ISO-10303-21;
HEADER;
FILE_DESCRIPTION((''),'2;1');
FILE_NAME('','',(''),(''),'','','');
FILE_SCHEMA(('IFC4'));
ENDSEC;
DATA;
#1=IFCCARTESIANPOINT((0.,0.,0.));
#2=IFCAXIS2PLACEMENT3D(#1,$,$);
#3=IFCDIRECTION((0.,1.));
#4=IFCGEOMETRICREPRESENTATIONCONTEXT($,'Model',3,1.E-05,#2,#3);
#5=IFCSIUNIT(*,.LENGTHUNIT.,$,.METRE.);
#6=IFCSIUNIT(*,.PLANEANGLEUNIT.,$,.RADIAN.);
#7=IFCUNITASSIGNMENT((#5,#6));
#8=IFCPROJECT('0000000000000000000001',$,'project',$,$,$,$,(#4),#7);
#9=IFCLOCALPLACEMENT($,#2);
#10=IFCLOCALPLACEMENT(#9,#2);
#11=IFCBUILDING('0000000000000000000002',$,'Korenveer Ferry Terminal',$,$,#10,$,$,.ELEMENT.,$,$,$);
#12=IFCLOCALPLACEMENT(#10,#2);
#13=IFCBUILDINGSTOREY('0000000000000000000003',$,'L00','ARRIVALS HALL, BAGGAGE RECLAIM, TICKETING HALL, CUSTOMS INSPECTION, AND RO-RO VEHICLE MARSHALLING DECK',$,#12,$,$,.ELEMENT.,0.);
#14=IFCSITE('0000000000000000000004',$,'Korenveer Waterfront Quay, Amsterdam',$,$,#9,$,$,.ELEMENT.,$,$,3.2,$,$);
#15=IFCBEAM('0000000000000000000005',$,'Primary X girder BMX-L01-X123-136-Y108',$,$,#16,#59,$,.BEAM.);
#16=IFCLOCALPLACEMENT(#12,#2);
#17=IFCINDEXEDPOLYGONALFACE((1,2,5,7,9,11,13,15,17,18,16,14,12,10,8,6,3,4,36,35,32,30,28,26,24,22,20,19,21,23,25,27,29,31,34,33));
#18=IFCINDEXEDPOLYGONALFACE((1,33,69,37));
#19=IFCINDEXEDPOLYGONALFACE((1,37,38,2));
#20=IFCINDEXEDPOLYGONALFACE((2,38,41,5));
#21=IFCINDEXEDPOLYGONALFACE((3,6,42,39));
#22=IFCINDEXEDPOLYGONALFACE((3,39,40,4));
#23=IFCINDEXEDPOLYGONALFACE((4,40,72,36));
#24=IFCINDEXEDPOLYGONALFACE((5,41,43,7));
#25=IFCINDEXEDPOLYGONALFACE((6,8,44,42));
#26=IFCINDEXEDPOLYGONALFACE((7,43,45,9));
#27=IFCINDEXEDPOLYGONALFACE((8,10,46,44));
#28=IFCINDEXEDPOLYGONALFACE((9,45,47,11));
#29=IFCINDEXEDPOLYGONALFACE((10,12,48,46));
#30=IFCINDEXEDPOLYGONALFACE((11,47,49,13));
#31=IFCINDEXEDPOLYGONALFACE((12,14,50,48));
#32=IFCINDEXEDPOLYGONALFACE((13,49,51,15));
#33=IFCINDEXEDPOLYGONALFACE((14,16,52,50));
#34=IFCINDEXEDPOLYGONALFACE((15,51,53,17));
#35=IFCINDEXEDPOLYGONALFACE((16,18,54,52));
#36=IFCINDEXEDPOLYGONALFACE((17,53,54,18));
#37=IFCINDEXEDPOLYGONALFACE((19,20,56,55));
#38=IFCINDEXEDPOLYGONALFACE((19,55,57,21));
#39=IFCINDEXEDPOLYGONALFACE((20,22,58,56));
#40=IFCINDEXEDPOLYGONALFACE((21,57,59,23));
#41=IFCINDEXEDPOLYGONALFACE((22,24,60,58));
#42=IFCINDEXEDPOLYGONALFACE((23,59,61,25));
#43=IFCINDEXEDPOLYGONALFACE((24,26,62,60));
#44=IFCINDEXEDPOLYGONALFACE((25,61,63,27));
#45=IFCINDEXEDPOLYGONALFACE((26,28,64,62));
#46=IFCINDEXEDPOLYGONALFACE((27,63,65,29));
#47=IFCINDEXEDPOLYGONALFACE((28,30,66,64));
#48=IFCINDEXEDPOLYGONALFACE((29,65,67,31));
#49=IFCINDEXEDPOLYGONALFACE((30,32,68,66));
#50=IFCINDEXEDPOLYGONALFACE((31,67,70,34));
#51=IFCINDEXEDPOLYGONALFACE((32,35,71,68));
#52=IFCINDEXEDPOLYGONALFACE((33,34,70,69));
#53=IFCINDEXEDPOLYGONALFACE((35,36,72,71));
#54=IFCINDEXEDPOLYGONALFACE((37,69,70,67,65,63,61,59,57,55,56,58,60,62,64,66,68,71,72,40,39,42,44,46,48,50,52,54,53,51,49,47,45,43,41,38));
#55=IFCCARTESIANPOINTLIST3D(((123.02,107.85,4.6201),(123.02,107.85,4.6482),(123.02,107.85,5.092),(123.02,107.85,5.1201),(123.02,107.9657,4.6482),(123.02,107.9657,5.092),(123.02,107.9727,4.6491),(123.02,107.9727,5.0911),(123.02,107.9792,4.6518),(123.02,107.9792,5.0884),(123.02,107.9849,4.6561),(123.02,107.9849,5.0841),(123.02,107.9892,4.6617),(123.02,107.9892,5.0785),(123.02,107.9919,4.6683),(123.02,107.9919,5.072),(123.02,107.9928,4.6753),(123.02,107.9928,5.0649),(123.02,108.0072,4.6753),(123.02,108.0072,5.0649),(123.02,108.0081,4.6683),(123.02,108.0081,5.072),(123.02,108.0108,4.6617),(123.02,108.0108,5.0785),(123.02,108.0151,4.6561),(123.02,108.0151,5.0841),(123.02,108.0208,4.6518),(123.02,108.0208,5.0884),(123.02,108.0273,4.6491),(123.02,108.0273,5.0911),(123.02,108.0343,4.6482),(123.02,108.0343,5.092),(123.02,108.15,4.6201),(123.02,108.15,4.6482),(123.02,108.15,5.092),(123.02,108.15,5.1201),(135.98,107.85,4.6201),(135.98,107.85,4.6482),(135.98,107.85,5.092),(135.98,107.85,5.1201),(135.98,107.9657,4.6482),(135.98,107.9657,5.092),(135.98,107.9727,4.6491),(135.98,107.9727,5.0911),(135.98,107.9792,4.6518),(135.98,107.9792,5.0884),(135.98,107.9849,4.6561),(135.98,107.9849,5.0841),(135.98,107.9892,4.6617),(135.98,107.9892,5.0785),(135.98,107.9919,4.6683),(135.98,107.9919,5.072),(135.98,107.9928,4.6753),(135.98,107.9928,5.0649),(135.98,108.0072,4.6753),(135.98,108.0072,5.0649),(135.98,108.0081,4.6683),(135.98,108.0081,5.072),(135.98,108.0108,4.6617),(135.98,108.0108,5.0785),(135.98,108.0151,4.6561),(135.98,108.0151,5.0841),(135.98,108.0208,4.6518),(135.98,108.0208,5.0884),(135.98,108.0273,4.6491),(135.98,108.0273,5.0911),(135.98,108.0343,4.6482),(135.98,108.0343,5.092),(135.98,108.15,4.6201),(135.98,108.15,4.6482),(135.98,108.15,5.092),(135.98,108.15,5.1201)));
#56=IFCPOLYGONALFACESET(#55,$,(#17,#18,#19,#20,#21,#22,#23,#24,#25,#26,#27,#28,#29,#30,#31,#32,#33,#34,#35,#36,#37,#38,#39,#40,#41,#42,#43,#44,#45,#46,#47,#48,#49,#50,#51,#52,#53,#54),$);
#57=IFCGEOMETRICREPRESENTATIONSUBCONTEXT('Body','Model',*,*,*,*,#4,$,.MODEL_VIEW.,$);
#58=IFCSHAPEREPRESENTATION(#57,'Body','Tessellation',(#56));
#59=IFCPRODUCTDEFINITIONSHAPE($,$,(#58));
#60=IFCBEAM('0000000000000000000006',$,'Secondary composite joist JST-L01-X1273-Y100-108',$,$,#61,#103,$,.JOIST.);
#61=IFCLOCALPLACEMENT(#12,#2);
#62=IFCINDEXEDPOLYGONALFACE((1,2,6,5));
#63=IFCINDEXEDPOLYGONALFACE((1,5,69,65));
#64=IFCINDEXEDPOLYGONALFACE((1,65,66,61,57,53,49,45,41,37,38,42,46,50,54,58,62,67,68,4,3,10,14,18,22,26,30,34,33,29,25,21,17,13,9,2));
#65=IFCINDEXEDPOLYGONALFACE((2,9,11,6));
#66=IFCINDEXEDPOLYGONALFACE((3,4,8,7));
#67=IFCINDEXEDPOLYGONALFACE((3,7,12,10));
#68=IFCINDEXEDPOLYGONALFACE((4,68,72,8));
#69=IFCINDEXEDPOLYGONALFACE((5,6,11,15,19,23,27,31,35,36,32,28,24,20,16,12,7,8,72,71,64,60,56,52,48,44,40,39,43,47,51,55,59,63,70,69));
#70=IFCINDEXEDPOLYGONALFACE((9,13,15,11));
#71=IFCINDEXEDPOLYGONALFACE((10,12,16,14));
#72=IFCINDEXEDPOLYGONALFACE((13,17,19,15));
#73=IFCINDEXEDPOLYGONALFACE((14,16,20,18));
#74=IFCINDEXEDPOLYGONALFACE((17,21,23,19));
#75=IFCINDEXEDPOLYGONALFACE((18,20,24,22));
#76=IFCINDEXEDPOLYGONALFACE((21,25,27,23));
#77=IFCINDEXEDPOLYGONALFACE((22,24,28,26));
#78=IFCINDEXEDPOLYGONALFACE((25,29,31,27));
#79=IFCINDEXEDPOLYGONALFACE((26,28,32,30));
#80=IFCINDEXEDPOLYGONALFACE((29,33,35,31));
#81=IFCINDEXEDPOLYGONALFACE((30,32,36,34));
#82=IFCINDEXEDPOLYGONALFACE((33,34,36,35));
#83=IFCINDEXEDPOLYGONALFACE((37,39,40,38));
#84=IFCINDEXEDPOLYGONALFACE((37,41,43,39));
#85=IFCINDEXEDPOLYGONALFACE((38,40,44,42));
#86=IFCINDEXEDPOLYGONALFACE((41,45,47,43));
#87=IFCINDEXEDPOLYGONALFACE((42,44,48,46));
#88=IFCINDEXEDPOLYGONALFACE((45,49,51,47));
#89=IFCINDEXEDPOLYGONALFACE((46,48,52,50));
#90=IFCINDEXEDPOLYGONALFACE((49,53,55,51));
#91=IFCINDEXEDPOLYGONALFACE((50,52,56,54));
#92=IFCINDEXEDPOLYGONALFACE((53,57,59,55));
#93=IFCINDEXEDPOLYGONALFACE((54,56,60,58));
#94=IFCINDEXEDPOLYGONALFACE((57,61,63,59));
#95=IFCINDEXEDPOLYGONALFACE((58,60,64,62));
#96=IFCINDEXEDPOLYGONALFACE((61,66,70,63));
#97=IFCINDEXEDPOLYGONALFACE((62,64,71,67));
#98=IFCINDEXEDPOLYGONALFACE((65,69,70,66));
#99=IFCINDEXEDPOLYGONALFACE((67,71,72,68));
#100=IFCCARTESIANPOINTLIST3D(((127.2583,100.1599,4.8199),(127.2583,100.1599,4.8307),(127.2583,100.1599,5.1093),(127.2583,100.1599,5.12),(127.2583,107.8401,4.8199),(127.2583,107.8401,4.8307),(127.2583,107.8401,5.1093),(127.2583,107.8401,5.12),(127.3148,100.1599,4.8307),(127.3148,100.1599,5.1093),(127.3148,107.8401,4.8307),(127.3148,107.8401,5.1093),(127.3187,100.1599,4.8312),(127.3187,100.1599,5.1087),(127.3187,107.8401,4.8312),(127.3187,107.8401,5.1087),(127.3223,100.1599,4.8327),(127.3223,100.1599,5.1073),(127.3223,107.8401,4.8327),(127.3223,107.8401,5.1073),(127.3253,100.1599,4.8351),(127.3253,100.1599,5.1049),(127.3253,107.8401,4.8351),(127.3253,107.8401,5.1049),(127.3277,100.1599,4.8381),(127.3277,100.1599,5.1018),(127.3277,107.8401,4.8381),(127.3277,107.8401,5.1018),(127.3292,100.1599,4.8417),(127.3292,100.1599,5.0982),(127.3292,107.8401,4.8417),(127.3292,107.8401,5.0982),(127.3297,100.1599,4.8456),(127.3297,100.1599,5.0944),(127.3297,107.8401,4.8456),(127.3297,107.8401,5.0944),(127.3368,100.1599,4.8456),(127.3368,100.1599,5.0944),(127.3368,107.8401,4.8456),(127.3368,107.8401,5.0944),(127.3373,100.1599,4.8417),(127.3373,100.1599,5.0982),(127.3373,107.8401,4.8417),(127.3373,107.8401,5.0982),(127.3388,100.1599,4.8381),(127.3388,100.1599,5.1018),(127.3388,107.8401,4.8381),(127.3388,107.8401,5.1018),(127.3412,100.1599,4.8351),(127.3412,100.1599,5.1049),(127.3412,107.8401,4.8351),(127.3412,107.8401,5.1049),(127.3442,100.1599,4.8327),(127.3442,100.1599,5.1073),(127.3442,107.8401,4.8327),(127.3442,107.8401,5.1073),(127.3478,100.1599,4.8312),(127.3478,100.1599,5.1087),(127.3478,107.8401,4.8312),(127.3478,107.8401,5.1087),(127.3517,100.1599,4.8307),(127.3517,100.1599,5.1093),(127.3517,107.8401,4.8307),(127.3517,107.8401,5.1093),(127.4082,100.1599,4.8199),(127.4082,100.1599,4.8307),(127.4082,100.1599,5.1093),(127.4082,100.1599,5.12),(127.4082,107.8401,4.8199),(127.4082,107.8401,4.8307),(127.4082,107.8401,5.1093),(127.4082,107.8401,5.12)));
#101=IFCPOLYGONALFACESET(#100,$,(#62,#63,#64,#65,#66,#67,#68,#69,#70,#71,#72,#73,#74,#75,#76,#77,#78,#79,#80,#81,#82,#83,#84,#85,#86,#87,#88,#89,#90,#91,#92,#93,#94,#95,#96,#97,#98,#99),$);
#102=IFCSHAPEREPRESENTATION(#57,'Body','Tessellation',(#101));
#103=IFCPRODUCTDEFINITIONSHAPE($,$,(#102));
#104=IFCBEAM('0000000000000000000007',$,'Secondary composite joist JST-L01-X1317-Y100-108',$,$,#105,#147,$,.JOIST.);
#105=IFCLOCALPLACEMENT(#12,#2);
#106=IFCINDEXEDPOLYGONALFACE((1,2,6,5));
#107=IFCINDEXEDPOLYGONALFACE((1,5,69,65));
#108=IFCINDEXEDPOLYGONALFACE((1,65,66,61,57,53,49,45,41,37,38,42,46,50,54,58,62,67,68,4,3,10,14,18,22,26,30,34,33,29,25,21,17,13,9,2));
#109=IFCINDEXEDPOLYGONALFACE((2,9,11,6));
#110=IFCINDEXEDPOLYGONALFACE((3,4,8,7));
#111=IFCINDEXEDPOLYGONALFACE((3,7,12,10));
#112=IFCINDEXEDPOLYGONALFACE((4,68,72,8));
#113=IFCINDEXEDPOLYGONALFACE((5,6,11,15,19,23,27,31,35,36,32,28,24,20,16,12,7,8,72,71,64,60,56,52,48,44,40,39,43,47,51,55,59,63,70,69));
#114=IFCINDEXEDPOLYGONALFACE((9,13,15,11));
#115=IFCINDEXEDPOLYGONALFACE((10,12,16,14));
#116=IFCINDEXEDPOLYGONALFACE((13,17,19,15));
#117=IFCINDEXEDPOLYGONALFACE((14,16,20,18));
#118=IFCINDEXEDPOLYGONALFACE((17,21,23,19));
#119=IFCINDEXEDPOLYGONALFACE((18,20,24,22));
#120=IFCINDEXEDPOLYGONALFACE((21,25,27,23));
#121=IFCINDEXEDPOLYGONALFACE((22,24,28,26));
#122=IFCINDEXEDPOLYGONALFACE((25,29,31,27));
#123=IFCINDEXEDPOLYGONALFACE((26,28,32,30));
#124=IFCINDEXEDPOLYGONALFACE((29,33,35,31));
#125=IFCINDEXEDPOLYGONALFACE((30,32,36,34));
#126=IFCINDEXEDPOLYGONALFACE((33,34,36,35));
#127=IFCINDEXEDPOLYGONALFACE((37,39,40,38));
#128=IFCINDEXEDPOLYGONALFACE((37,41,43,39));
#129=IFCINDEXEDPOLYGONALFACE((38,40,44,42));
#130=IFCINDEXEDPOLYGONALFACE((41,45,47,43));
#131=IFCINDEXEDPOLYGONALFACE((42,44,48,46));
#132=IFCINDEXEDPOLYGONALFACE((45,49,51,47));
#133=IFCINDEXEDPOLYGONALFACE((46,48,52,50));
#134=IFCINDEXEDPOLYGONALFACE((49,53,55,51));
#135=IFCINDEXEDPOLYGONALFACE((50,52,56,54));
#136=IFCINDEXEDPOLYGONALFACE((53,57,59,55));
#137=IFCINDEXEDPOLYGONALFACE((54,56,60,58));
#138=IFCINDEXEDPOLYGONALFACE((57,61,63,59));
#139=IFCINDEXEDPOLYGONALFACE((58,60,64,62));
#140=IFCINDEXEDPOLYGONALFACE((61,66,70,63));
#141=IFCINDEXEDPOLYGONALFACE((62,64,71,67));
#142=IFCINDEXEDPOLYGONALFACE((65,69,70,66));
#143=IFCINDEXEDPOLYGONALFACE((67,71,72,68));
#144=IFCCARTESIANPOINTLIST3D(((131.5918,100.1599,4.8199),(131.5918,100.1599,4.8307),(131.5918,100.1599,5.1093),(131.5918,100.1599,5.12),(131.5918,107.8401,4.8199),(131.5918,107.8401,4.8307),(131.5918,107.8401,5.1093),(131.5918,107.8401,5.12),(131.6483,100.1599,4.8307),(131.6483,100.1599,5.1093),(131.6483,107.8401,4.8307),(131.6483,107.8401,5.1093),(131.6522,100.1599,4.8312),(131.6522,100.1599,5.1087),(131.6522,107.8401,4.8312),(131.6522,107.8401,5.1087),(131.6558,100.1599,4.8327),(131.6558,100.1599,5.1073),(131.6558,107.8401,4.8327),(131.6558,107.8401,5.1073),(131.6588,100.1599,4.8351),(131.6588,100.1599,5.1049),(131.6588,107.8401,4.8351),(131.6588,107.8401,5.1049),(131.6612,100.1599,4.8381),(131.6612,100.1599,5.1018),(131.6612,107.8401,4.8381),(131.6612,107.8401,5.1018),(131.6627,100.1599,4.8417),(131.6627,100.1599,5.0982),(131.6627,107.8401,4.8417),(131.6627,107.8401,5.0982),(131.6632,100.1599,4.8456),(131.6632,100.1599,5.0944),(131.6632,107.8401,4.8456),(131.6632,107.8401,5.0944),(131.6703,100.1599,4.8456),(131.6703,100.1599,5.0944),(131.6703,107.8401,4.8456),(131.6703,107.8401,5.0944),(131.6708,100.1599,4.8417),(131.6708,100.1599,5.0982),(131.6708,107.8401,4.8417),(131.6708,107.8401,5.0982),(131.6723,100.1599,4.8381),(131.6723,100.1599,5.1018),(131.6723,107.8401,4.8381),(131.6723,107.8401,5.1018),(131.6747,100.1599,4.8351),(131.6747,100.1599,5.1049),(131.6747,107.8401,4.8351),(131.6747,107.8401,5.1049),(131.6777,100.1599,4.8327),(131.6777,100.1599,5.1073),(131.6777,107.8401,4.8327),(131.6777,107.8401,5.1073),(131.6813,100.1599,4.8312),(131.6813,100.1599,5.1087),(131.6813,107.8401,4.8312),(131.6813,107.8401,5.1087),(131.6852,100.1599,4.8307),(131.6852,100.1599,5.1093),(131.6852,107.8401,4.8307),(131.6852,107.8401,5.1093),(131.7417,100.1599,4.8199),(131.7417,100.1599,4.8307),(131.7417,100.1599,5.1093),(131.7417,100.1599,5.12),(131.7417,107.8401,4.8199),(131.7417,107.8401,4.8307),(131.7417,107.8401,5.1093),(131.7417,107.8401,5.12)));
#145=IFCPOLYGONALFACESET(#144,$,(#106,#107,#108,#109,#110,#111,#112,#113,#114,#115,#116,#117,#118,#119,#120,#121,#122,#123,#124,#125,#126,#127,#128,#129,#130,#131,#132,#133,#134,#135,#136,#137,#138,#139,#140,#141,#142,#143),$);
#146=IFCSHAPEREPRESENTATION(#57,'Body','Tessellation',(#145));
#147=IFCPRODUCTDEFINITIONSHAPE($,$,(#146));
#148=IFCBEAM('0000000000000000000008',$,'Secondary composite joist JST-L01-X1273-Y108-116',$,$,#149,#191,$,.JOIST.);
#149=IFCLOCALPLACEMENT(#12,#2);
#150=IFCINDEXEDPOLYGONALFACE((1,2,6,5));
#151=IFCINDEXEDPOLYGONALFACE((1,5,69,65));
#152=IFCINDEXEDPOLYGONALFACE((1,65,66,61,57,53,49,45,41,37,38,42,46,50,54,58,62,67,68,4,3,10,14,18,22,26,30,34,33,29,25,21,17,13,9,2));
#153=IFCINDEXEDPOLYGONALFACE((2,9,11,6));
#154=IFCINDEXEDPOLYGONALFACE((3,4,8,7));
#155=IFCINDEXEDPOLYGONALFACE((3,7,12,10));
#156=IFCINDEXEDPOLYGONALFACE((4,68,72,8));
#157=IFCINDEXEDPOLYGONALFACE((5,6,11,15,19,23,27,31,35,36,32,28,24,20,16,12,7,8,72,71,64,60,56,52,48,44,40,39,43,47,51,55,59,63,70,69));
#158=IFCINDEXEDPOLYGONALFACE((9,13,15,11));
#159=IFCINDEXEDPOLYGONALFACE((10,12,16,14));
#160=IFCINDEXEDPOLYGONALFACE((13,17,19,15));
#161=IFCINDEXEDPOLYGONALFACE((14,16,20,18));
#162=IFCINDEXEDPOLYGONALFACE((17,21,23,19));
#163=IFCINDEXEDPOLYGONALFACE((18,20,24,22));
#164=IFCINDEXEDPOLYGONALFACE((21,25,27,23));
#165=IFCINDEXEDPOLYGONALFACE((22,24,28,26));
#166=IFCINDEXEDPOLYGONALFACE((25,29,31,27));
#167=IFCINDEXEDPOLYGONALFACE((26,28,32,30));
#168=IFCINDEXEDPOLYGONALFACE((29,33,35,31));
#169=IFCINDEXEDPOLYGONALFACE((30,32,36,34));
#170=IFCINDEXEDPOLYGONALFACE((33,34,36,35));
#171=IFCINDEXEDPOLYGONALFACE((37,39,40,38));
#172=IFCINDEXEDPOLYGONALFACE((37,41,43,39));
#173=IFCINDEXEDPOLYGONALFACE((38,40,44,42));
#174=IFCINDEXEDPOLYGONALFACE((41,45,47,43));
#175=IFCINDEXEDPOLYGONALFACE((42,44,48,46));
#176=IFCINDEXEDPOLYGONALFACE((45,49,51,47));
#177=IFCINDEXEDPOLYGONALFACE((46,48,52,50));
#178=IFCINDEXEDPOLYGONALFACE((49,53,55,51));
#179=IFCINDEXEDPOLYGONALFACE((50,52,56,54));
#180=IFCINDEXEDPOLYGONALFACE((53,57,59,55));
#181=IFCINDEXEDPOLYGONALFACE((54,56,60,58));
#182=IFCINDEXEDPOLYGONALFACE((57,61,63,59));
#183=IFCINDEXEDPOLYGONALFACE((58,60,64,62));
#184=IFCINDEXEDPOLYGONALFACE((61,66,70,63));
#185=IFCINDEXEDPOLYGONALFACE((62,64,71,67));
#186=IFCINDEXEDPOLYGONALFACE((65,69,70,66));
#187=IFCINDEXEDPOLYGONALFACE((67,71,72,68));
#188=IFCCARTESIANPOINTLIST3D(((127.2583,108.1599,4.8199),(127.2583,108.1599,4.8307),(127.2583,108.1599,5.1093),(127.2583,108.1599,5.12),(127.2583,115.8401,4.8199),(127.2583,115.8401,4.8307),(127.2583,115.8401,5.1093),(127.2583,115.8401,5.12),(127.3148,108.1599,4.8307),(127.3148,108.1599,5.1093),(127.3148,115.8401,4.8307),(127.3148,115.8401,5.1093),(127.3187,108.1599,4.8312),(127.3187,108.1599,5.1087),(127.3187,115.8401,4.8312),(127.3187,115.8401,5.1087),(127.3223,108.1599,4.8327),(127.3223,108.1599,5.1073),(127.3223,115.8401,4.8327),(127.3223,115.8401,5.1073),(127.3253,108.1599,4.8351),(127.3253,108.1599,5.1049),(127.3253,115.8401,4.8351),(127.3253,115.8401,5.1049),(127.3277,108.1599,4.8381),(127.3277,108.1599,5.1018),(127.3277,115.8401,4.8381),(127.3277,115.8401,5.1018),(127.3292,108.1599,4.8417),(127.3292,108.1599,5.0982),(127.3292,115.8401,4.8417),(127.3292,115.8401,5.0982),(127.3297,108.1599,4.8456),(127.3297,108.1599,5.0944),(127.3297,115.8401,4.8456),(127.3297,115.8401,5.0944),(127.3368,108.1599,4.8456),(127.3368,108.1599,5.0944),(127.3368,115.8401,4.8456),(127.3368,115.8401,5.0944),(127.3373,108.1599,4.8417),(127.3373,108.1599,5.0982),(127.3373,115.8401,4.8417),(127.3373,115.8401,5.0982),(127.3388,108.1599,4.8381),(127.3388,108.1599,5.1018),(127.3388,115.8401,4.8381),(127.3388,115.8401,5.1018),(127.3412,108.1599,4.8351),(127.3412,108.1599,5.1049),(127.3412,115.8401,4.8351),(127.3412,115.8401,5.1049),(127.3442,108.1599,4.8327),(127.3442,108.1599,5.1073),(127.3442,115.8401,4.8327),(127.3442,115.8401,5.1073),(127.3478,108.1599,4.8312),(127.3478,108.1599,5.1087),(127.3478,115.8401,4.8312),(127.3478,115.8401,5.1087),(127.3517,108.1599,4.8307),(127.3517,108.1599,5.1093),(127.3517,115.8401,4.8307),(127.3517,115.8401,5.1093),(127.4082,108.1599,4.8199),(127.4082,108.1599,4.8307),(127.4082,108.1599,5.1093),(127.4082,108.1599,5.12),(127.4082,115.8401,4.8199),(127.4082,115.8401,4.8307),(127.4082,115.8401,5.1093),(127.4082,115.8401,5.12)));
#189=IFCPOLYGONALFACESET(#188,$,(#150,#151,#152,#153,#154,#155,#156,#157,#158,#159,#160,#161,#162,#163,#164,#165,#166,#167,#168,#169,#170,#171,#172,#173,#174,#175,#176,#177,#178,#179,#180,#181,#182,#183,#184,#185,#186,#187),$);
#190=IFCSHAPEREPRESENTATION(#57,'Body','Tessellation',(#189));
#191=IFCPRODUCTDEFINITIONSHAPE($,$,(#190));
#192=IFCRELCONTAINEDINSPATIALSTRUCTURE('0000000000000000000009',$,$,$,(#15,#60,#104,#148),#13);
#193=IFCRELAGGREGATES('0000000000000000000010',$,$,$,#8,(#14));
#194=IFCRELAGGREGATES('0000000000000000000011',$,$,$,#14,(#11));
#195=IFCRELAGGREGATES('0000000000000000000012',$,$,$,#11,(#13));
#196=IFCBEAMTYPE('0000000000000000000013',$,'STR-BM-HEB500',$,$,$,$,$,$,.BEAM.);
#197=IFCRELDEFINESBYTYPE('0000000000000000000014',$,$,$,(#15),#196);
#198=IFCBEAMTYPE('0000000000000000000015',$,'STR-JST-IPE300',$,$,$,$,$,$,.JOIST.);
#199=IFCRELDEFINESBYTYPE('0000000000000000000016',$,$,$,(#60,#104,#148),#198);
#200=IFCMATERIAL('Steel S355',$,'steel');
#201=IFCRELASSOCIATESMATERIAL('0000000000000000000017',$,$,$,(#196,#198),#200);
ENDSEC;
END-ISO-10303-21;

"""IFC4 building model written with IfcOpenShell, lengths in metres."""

from ifc_helpers import new_model, si_unit, direction, frame, origin, origin_2d, place, context, subcontext, project, spatial, i_section, extrude, material, material_profile, profile_set, type_object, element, save


model = new_model("IFC4")

# Units and contexts
model_context = context("Model", 3, precision=1e-05, world=origin(), true_north=direction((0.0, 1.0)))
body_context = subcontext(model_context, "Body", "Model", "MODEL_VIEW")
ifc_project = project(units=[si_unit("LENGTHUNIT", "METRE"), si_unit("PLANEANGLEUNIT", "RADIAN")], contexts=[model_context])

# Site, building, storey
site_placement = place(None, origin())
site = spatial("IfcSite", under=ifc_project, at=site_placement, Name="Korenveer Waterfront Quay, Amsterdam", CompositionType="ELEMENT", RefElevation=3.2)
building_placement = place(site_placement, origin())
building = spatial("IfcBuilding", under=site, at=building_placement, Name="Korenveer Ferry Terminal", CompositionType="ELEMENT")
storey_placement = place(building_placement, origin())
storey = spatial("IfcBuildingStorey", under=building, at=storey_placement, Name="L00", Description="ARRIVALS HALL, BAGGAGE RECLAIM, TICKETING HALL, CUSTOMS INSPECTION, AND RO-RO VEHICLE MARSHALLING DECK", CompositionType="ELEMENT", Elevation=0.0)

# Beams
ifc_material_1 = material(Name="Steel S355", Category="steel")
ifc_material_profile_1 = material_profile(ifc_material_1, i_section(OverallWidth=0.3, OverallDepth=0.5, WebThickness=0.0144, FlangeThickness=0.0281, FilletRadius=0.0271, at=origin_2d()), Name="HEB 500")
ifc_profile_set_1 = profile_set([ifc_material_profile_1], Name="Steel S355")
beam_type_1 = type_object("IfcBeamType", Name="STR-BM-HEB500", PredefinedType="BEAM", material=ifc_profile_set_1)
for number, where, z_axis, x_axis, name in (
    (1, (123.02, 108.0, 4.8701), (1.0, 0.0, 0.0), (0.0, 1.0, 0.0), "Primary X girder BMX-L01-X123-136-Y108"),
):
    element("IfcBeam", number, at=place(storey_placement, frame(where, z_axis=z_axis, x_axis=x_axis)), inside=storey, type_object=beam_type_1, Name=name, PredefinedType="BEAM", context=body_context, shape_type="SweptSolid", body=[
        extrude(i_section(OverallWidth=0.3, OverallDepth=0.5, WebThickness=0.0144, FlangeThickness=0.0281, FilletRadius=0.0271, at=origin_2d()), origin(), (0.0, 0.0, 1.0), 12.96),
    ])
ifc_material_profile_2 = material_profile(ifc_material_1, i_section(OverallWidth=0.1499, OverallDepth=0.3, WebThickness=0.0071, FlangeThickness=0.0107, FilletRadius=0.0149, at=origin_2d()), Name="IPE 300")
ifc_profile_set_2 = profile_set([ifc_material_profile_2], Name="Steel S355")
beam_type_2 = type_object("IfcBeamType", Name="STR-JST-IPE300", PredefinedType="JOIST", material=ifc_profile_set_2)
for number, where, z_axis, x_axis, name in (
    (2, (127.3333, 100.1599, 4.97), (0.0, 1.0, 0.0), (-1.0, 0.0, 0.0), "Secondary composite joist JST-L01-X1273-Y100-108"),
    (3, (131.6667, 100.1599, 4.97), (0.0, 1.0, 0.0), (-1.0, 0.0, 0.0), "Secondary composite joist JST-L01-X1317-Y100-108"),
    (4, (127.3333, 108.1599, 4.97), (0.0, 1.0, 0.0), (-1.0, 0.0, 0.0), "Secondary composite joist JST-L01-X1273-Y108-116"),
):
    element("IfcBeam", number, at=place(storey_placement, frame(where, z_axis=z_axis, x_axis=x_axis)), inside=storey, type_object=beam_type_2, Name=name, PredefinedType="JOIST", context=body_context, shape_type="SweptSolid", body=[
        extrude(i_section(OverallWidth=0.1499, OverallDepth=0.3, WebThickness=0.0071, FlangeThickness=0.0107, FilletRadius=0.0149, at=origin_2d()), origin(), (0.0, 0.0, 1.0), 7.6802),
    ])

save(model, "model.ifc")
